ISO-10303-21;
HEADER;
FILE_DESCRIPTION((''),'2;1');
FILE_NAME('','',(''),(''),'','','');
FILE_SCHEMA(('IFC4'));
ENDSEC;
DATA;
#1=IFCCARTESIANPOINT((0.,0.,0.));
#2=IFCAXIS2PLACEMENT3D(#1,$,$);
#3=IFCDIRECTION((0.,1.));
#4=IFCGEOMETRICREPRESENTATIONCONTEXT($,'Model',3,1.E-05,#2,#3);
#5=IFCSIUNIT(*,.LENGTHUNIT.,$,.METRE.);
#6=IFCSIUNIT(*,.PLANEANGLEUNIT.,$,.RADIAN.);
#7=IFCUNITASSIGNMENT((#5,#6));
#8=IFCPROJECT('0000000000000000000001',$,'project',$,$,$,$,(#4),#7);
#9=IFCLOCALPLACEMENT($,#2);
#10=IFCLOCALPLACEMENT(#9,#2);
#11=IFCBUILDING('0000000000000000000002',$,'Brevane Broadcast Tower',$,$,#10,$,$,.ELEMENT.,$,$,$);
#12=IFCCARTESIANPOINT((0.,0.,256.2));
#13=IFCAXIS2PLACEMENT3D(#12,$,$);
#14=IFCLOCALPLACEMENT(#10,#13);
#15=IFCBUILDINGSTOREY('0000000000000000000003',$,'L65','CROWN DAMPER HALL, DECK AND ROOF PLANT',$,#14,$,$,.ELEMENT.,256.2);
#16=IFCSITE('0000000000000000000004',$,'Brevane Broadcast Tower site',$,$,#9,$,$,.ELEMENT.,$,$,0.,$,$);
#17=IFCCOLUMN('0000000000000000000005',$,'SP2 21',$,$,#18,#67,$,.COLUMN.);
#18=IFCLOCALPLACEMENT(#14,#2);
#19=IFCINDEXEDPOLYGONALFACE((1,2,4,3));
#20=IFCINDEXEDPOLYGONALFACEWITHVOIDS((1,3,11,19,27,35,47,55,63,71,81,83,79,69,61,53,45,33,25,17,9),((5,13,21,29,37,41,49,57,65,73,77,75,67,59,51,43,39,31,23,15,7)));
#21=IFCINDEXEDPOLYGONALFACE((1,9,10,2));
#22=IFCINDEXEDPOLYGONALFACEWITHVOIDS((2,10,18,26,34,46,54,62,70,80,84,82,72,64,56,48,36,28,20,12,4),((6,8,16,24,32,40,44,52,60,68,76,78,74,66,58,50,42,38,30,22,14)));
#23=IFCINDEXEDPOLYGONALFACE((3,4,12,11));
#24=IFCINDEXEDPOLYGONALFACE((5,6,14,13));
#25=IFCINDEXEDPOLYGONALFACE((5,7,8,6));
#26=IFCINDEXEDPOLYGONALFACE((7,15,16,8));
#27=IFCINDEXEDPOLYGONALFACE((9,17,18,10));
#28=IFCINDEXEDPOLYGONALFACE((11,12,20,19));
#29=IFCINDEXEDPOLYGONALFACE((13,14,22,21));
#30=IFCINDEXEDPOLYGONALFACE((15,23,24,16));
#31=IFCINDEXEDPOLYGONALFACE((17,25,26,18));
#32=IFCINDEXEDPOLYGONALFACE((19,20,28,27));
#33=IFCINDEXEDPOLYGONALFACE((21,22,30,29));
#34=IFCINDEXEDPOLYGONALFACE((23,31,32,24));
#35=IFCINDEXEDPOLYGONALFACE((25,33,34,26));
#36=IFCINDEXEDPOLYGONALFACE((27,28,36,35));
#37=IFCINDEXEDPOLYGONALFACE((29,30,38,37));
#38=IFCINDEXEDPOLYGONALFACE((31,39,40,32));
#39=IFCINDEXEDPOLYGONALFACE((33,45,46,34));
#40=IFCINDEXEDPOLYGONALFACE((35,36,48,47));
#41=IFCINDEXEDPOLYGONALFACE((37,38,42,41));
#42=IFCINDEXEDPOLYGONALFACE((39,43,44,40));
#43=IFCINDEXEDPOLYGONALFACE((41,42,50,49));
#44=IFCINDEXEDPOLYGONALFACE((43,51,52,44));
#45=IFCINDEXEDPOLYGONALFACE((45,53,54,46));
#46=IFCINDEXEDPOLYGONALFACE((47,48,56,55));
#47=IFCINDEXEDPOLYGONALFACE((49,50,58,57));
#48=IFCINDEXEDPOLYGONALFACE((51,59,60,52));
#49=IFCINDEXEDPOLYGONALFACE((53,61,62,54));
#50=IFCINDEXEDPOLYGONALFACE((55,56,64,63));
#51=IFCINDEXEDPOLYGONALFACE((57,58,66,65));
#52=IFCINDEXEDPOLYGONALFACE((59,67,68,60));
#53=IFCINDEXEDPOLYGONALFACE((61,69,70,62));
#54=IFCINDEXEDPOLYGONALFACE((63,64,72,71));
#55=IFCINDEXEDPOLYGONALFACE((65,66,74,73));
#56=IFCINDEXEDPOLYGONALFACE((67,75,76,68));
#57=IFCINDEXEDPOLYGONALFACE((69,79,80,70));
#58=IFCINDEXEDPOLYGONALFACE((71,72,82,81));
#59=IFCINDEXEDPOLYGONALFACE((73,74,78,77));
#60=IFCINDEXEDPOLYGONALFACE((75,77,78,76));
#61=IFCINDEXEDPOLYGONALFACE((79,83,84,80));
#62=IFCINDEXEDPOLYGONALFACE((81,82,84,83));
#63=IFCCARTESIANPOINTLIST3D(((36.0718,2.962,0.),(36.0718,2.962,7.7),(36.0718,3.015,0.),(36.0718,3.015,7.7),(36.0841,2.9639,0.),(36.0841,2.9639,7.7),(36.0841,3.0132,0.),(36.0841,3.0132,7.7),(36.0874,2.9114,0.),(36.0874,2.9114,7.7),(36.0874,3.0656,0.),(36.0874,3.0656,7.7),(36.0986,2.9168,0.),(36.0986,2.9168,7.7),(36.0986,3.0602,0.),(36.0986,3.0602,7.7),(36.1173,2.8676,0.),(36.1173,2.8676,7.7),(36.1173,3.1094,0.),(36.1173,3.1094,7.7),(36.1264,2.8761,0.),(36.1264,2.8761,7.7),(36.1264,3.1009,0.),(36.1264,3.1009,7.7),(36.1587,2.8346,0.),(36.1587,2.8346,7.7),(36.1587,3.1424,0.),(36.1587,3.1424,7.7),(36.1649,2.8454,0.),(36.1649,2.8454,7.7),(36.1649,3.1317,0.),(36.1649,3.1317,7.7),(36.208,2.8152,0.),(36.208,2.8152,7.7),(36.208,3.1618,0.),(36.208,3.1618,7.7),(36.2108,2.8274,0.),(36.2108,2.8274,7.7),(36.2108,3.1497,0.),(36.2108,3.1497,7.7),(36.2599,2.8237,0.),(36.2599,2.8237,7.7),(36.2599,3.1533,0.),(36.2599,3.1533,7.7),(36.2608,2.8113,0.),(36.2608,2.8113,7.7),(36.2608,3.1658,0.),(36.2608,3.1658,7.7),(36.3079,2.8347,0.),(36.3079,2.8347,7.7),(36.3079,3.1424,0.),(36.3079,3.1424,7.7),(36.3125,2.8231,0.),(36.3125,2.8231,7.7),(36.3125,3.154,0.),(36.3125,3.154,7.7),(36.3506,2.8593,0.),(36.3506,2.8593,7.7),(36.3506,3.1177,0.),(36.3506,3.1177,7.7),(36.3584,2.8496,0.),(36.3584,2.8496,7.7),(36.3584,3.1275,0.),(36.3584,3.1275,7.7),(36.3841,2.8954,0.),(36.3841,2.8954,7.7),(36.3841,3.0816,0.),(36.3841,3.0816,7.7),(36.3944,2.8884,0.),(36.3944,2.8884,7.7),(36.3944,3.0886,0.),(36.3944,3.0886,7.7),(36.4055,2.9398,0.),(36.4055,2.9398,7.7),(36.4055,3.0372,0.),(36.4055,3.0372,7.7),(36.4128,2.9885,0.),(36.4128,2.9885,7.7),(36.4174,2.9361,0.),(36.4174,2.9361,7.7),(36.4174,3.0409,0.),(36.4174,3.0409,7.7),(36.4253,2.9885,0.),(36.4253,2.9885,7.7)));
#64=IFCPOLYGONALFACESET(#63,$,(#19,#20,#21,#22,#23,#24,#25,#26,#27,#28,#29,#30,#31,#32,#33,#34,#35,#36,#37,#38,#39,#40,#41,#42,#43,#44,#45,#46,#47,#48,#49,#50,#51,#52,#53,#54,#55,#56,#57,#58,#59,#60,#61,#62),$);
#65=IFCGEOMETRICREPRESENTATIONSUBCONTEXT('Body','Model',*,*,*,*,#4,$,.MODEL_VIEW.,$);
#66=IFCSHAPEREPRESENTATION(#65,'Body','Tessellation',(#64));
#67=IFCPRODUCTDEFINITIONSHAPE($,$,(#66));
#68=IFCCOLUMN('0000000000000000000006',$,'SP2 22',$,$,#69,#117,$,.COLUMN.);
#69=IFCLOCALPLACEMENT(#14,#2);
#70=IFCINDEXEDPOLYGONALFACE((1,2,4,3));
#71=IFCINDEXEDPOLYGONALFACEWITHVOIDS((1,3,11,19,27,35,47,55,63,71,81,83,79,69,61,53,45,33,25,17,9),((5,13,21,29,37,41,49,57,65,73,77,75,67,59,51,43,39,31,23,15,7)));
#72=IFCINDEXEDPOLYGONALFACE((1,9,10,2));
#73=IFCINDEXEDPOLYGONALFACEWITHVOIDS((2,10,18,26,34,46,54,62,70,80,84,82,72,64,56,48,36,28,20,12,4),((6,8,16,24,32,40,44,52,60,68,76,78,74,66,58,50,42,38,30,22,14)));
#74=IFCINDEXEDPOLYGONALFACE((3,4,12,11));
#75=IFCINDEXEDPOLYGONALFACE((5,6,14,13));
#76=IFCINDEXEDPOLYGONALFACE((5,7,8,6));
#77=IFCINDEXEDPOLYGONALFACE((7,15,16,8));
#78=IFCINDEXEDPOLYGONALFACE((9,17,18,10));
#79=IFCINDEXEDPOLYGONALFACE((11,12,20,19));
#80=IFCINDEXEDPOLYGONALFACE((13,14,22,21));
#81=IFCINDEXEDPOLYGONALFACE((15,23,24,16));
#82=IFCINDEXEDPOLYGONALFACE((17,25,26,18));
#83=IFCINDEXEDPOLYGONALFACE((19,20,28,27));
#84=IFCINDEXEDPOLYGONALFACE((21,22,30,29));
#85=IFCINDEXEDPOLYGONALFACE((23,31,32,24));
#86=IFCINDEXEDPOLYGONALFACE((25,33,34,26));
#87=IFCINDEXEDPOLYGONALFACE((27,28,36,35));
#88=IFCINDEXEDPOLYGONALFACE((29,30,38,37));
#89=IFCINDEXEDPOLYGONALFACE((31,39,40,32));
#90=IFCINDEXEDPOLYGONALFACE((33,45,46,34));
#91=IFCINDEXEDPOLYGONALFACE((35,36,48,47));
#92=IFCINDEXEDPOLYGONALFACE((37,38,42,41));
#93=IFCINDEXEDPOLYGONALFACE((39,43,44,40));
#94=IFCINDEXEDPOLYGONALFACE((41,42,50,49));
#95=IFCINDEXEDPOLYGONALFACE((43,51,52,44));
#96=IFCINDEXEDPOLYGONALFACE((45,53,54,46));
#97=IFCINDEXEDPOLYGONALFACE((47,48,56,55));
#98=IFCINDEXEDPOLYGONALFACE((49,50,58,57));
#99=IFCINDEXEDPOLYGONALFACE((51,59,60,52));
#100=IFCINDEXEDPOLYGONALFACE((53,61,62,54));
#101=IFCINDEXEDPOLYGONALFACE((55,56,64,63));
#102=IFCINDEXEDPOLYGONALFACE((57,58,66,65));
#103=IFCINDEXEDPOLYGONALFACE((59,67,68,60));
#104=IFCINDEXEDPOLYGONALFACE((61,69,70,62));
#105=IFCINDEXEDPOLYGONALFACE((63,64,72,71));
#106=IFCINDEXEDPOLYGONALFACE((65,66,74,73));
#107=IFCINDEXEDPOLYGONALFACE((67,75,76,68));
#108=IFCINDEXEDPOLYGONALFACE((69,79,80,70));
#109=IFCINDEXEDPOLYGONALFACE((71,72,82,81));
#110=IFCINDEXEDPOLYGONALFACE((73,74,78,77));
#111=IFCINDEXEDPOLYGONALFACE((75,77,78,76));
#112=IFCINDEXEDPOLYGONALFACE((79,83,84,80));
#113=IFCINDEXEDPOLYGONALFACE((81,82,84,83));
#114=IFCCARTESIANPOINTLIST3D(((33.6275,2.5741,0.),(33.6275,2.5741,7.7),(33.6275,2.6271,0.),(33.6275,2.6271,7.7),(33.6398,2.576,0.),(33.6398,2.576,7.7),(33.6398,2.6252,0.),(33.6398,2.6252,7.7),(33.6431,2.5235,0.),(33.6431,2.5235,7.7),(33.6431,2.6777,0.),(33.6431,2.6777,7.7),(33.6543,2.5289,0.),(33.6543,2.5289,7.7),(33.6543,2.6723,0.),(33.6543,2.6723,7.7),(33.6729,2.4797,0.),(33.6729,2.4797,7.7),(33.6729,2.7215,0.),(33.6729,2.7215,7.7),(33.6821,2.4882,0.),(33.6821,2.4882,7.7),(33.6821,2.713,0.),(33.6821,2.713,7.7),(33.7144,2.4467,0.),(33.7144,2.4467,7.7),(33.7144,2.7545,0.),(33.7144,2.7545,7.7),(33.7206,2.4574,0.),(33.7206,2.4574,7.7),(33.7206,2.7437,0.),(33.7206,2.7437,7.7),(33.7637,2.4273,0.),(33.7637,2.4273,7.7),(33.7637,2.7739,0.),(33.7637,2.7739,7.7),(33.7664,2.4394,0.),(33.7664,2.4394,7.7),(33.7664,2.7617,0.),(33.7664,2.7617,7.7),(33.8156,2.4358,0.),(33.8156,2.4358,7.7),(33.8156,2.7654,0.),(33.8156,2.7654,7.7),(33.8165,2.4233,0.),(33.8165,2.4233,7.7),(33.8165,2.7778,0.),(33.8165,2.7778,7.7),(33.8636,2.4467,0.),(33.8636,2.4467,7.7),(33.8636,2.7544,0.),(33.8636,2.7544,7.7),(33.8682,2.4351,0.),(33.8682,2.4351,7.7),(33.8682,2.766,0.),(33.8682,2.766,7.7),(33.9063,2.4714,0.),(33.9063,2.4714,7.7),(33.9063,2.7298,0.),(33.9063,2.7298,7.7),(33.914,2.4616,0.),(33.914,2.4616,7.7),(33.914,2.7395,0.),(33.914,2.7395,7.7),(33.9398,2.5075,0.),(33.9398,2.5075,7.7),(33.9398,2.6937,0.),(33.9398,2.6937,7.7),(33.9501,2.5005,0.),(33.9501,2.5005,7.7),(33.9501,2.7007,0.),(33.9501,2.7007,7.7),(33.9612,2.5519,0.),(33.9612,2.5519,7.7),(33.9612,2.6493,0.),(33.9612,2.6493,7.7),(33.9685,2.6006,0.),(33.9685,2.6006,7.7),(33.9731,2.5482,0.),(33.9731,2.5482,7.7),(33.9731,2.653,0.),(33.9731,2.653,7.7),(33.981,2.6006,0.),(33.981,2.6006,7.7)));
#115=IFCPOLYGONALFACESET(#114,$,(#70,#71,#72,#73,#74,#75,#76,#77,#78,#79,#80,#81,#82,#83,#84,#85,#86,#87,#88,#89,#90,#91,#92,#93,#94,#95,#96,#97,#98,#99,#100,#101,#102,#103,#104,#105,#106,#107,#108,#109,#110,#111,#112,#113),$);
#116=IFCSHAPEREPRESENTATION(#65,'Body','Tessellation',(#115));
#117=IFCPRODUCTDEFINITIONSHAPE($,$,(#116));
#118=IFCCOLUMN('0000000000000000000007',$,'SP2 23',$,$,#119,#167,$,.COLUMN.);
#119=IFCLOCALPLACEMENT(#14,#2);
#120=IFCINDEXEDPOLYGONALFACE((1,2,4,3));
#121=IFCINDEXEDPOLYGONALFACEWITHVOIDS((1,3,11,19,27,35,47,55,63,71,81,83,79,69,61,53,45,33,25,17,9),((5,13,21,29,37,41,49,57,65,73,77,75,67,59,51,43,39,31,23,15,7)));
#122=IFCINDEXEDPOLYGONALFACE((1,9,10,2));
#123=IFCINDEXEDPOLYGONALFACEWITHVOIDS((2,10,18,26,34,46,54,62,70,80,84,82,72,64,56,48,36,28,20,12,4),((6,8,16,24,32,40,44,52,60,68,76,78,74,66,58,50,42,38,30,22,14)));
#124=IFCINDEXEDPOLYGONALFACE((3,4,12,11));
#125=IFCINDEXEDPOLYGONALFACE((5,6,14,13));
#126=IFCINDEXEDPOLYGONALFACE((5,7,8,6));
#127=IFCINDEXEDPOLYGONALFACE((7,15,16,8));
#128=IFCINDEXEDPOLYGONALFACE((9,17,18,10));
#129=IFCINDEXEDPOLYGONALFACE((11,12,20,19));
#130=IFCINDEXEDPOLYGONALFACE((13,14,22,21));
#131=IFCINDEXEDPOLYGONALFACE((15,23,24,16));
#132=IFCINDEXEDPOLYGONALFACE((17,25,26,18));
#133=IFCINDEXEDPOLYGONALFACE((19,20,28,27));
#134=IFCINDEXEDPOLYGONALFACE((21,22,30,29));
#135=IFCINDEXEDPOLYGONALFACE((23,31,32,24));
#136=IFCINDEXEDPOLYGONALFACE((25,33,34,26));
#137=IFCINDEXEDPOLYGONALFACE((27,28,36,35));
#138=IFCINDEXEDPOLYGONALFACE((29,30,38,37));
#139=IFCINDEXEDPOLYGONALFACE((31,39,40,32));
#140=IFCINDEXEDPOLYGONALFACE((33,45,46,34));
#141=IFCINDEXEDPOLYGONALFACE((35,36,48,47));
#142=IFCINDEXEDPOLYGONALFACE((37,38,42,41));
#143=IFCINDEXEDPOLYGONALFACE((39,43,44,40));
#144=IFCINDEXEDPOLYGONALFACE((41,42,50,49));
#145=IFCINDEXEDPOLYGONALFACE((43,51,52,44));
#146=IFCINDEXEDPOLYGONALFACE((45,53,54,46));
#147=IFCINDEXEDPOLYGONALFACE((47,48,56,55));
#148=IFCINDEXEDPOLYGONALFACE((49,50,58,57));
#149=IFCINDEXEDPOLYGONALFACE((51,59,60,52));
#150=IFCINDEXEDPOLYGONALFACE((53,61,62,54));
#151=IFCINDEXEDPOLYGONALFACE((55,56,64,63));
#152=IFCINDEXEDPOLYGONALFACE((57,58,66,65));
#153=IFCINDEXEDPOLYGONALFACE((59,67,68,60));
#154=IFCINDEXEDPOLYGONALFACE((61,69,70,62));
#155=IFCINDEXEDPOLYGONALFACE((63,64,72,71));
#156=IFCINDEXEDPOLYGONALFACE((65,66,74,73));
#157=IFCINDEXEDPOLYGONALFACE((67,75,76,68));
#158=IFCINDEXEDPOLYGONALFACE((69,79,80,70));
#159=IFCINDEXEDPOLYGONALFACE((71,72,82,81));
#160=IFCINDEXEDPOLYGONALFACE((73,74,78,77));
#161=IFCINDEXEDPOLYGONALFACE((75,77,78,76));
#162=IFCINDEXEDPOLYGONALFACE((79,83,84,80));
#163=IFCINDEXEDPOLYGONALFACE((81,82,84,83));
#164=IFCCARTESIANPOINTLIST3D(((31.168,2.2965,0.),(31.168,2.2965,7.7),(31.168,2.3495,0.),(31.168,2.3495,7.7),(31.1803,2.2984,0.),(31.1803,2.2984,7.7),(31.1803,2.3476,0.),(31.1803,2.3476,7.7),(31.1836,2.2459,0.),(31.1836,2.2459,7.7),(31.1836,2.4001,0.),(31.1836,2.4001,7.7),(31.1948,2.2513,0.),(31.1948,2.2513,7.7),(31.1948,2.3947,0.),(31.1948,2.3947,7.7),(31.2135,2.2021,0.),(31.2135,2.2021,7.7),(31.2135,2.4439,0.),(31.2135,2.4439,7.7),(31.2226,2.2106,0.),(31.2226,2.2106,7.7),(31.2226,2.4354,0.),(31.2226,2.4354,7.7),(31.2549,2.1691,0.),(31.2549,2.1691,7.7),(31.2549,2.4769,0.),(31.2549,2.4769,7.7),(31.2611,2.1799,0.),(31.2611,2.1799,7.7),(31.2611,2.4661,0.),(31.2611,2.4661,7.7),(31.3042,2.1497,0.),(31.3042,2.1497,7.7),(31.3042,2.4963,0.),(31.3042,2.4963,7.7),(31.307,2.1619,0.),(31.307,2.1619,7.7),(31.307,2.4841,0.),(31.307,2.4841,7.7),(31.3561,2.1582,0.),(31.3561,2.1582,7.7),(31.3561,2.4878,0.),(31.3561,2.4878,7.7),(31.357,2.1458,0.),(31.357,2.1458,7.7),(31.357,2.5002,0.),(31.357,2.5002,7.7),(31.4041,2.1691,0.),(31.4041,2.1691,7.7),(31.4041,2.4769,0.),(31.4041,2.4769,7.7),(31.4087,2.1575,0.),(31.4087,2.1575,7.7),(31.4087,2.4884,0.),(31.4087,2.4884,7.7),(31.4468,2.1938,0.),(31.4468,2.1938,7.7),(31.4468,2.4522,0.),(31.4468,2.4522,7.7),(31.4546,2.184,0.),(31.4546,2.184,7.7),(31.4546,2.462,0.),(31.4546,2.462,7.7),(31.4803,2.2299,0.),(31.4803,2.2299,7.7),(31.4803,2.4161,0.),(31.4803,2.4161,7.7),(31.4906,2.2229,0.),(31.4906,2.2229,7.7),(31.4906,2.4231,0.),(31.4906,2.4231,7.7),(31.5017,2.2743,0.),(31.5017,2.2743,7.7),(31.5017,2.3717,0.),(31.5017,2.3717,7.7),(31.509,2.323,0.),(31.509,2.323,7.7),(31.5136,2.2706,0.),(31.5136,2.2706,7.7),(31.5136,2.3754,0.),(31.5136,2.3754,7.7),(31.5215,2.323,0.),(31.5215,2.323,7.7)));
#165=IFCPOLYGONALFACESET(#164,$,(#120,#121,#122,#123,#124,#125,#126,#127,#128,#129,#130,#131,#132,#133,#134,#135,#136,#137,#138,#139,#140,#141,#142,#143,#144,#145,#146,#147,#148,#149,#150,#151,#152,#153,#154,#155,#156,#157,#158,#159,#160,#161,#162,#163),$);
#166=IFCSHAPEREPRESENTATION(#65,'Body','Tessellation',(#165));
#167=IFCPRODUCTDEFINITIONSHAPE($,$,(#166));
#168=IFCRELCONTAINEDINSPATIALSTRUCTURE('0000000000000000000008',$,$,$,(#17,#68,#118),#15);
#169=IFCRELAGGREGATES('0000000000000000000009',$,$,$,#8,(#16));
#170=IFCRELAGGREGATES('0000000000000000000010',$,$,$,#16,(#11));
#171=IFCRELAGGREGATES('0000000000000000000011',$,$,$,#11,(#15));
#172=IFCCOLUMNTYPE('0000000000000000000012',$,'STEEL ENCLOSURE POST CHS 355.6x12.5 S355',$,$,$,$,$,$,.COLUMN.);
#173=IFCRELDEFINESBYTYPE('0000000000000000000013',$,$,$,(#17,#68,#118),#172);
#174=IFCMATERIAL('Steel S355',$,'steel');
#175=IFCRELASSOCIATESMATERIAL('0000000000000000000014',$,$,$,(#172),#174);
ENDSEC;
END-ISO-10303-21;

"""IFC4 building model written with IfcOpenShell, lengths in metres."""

from ifc_helpers import new_model, si_unit, direction, frame, origin, origin_2d, place, context, subcontext, project, spatial, hollow_circle, extrude, material, material_profile, profile_set, type_object, element, save


model = new_model("IFC4")

# Units and contexts
model_context = context("Model", 3, precision=1e-05, world=origin(), true_north=direction((0.0, 1.0)))
body_context = subcontext(model_context, "Body", "Model", "MODEL_VIEW")
ifc_project = project(units=[si_unit("LENGTHUNIT", "METRE"), si_unit("PLANEANGLEUNIT", "RADIAN")], contexts=[model_context])

# Site, building, storey
site_placement = place(None, origin())
site = spatial("IfcSite", under=ifc_project, at=site_placement, Name="Brevane Broadcast Tower site", CompositionType="ELEMENT", RefElevation=0.0)
building_placement = place(site_placement, origin())
building = spatial("IfcBuilding", under=site, at=building_placement, Name="Brevane Broadcast Tower", CompositionType="ELEMENT")
storey_placement = place(building_placement, frame((0.0, 0.0, 256.2)))
storey = spatial("IfcBuildingStorey", under=building, at=storey_placement, Name="L65", Description="CROWN DAMPER HALL, DECK AND ROOF PLANT", CompositionType="ELEMENT", Elevation=256.2)

# Columns
ifc_material_1 = material(Name="Steel S355", Category="steel")
ifc_material_profile_1 = material_profile(ifc_material_1, hollow_circle(Radius=0.1777, WallThickness=0.0125, at=origin_2d()), Name="CHS 355.6x12.5")
ifc_profile_set_1 = profile_set([ifc_material_profile_1], Name="Steel S355")
column_type_1 = type_object("IfcColumnType", Name="STEEL ENCLOSURE POST CHS 355.6x12.5 S355", PredefinedType="COLUMN", material=ifc_profile_set_1)
for number, where, z_axis, x_axis, name in (
    (1, (36.2476, 2.9885, 0.0), (0.0, 0.0, 1.0), (1.0, 0.0, 0.0), "SP2 21"),
    (2, (33.8032, 2.6006, 0.0), (0.0, 0.0, 1.0), (1.0, 0.0, 0.0), "SP2 22"),
    (3, (31.3438, 2.323, 0.0), (0.0, 0.0, 1.0), (1.0, 0.0, 0.0), "SP2 23"),
):
    element("IfcColumn", number, at=place(storey_placement, frame(where, z_axis=z_axis, x_axis=x_axis)), inside=storey, type_object=column_type_1, Name=name, PredefinedType="COLUMN", context=body_context, shape_type="SweptSolid", body=[
        extrude(hollow_circle(Radius=0.1777, WallThickness=0.0125, at=origin_2d()), origin(), (0.0, 0.0, 1.0), 7.7),
    ])

save(model, "model.ifc")
